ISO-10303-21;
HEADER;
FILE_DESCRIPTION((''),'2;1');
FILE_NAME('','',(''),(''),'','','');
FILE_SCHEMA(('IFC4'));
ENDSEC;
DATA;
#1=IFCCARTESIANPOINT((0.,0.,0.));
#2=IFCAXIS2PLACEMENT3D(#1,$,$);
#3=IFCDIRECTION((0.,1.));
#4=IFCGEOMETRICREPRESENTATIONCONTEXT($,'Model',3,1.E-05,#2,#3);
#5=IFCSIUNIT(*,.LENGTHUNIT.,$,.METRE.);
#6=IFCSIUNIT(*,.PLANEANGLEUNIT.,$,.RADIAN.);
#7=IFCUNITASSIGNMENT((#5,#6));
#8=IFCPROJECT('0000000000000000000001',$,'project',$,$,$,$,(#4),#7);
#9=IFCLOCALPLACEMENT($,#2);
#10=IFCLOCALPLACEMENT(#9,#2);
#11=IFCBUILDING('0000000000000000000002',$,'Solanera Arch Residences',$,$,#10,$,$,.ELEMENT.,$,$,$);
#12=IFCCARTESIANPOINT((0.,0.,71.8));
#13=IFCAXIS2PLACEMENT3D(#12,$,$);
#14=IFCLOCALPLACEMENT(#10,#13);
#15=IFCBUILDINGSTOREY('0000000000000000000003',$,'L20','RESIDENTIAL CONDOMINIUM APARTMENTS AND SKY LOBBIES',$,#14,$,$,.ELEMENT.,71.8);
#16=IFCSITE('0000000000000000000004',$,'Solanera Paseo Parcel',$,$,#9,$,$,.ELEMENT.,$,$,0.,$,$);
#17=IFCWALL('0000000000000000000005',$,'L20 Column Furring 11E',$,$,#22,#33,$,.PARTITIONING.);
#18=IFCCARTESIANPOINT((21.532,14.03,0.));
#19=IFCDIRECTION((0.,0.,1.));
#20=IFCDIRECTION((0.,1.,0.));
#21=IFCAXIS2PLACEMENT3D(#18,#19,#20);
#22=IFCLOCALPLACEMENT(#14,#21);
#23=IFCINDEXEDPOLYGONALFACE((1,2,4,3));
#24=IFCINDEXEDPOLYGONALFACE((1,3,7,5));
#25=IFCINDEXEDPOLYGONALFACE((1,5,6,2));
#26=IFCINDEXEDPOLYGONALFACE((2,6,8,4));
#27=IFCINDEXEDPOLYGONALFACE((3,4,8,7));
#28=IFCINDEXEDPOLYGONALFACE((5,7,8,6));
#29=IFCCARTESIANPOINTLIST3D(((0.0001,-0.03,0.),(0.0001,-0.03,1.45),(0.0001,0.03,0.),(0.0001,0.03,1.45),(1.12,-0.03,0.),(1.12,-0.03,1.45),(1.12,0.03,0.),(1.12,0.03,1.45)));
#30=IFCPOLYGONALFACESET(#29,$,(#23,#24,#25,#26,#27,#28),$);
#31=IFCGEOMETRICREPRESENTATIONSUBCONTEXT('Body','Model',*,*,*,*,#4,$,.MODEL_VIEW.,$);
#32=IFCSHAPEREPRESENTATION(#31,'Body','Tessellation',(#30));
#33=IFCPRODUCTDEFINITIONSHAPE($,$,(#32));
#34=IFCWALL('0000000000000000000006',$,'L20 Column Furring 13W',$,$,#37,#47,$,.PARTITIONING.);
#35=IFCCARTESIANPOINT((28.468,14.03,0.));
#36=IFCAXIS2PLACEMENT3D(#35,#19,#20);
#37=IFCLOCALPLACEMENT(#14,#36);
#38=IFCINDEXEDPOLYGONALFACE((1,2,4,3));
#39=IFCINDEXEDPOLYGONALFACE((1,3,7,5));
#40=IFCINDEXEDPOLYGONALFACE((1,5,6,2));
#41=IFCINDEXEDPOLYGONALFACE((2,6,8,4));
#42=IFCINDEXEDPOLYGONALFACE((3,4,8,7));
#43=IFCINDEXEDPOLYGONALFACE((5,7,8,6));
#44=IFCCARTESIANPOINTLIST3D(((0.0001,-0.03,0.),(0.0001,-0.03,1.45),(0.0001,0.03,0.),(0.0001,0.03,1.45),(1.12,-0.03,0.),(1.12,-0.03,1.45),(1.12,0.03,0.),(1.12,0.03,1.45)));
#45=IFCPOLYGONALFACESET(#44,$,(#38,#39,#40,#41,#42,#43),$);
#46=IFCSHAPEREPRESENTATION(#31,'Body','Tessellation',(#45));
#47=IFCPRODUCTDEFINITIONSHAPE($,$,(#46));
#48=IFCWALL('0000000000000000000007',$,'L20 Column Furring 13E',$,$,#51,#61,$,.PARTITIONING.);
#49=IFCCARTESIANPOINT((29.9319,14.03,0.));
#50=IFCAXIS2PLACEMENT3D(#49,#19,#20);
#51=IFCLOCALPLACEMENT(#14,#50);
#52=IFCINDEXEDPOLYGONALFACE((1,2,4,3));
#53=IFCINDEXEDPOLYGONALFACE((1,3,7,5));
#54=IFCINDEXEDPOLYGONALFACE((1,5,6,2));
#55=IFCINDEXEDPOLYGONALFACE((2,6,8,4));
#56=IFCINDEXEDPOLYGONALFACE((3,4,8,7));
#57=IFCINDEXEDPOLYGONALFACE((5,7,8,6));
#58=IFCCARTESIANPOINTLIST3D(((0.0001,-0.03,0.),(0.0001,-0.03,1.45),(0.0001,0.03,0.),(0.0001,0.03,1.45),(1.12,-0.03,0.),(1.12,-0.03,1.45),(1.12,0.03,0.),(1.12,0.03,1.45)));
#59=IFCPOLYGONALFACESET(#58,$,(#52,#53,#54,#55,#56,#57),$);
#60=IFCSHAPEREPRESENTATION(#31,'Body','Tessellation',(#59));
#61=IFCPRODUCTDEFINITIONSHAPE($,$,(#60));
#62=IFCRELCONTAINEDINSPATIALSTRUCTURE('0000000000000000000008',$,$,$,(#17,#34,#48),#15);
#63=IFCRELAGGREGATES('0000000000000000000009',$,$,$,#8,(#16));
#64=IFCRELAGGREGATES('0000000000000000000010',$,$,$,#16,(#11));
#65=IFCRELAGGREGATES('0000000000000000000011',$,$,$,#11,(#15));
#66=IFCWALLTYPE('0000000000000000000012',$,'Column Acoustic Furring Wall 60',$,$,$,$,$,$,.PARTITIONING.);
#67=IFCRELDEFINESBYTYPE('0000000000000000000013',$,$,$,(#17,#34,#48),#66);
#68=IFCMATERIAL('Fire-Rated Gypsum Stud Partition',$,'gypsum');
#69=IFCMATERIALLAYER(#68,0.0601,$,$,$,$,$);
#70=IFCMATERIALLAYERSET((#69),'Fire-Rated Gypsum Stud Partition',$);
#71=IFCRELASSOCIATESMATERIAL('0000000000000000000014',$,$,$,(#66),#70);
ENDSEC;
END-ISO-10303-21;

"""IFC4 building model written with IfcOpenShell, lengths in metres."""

from ifc_helpers import new_model, si_unit, direction, frame, frame_2d, origin, place, context, subcontext, project, spatial, rectangle, extrude, material, layer, layer_set, type_object, element, save


model = new_model("IFC4")

# Units and contexts
model_context = context("Model", 3, precision=1e-05, world=origin(), true_north=direction((0.0, 1.0)))
body_context = subcontext(model_context, "Body", "Model", "MODEL_VIEW")
ifc_project = project(units=[si_unit("LENGTHUNIT", "METRE"), si_unit("PLANEANGLEUNIT", "RADIAN")], contexts=[model_context])

# Site, building, storey
site_placement = place(None, origin())
site = spatial("IfcSite", under=ifc_project, at=site_placement, Name="Solanera Paseo Parcel", CompositionType="ELEMENT", RefElevation=0.0)
building_placement = place(site_placement, origin())
building = spatial("IfcBuilding", under=site, at=building_placement, Name="Solanera Arch Residences", CompositionType="ELEMENT")
storey_placement = place(building_placement, frame((0.0, 0.0, 71.8)))
storey = spatial("IfcBuildingStorey", under=building, at=storey_placement, Name="L20", Description="RESIDENTIAL CONDOMINIUM APARTMENTS AND SKY LOBBIES", CompositionType="ELEMENT", Elevation=71.8)

# Walls
ifc_material_1 = material(Name="Fire-Rated Gypsum Stud Partition", Category="gypsum")
ifc_layer_1 = layer(ifc_material_1, 0.0601)
ifc_layer_set_1 = layer_set([ifc_layer_1], Name="Fire-Rated Gypsum Stud Partition")
wall_type_1 = type_object("IfcWallType", Name="Column Acoustic Furring Wall 60", PredefinedType="PARTITIONING", material=ifc_layer_set_1)
wall_1_placement = place(storey_placement, frame((21.532, 14.03, 0.0), z_axis=(0.0, 0.0, 1.0), x_axis=(0.0, 1.0, 0.0)))
element("IfcWall", 1, at=wall_1_placement, inside=storey, type_object=wall_type_1, Name="L20 Column Furring 11E", PredefinedType="PARTITIONING", context=body_context, shape_type="SweptSolid", body=[
    extrude(rectangle(XDim=1.1199, YDim=0.0601, at=frame_2d((0.5601, 0.0))), origin(), (0.0, 0.0, 1.0), 1.45),
])
for number, where, z_axis, x_axis, name in (
    (2, (28.468, 14.03, 0.0), (0.0, 0.0, 1.0), (0.0, 1.0, 0.0), "L20 Column Furring 13W"),
    (3, (29.9319, 14.03, 0.0), (0.0, 0.0, 1.0), (0.0, 1.0, 0.0), "L20 Column Furring 13E"),
):
    element("IfcWall", number, at=place(storey_placement, frame(where, z_axis=z_axis, x_axis=x_axis)), inside=storey, type_object=wall_type_1, Name=name, PredefinedType="PARTITIONING", context=body_context, shape_type="SweptSolid", body=[
        extrude(rectangle(XDim=1.1199, YDim=0.0601, at=frame_2d((0.5601, 0.0))), origin(), (0.0, 0.0, 1.0), 1.45),
    ])

save(model, "model.ifc")
